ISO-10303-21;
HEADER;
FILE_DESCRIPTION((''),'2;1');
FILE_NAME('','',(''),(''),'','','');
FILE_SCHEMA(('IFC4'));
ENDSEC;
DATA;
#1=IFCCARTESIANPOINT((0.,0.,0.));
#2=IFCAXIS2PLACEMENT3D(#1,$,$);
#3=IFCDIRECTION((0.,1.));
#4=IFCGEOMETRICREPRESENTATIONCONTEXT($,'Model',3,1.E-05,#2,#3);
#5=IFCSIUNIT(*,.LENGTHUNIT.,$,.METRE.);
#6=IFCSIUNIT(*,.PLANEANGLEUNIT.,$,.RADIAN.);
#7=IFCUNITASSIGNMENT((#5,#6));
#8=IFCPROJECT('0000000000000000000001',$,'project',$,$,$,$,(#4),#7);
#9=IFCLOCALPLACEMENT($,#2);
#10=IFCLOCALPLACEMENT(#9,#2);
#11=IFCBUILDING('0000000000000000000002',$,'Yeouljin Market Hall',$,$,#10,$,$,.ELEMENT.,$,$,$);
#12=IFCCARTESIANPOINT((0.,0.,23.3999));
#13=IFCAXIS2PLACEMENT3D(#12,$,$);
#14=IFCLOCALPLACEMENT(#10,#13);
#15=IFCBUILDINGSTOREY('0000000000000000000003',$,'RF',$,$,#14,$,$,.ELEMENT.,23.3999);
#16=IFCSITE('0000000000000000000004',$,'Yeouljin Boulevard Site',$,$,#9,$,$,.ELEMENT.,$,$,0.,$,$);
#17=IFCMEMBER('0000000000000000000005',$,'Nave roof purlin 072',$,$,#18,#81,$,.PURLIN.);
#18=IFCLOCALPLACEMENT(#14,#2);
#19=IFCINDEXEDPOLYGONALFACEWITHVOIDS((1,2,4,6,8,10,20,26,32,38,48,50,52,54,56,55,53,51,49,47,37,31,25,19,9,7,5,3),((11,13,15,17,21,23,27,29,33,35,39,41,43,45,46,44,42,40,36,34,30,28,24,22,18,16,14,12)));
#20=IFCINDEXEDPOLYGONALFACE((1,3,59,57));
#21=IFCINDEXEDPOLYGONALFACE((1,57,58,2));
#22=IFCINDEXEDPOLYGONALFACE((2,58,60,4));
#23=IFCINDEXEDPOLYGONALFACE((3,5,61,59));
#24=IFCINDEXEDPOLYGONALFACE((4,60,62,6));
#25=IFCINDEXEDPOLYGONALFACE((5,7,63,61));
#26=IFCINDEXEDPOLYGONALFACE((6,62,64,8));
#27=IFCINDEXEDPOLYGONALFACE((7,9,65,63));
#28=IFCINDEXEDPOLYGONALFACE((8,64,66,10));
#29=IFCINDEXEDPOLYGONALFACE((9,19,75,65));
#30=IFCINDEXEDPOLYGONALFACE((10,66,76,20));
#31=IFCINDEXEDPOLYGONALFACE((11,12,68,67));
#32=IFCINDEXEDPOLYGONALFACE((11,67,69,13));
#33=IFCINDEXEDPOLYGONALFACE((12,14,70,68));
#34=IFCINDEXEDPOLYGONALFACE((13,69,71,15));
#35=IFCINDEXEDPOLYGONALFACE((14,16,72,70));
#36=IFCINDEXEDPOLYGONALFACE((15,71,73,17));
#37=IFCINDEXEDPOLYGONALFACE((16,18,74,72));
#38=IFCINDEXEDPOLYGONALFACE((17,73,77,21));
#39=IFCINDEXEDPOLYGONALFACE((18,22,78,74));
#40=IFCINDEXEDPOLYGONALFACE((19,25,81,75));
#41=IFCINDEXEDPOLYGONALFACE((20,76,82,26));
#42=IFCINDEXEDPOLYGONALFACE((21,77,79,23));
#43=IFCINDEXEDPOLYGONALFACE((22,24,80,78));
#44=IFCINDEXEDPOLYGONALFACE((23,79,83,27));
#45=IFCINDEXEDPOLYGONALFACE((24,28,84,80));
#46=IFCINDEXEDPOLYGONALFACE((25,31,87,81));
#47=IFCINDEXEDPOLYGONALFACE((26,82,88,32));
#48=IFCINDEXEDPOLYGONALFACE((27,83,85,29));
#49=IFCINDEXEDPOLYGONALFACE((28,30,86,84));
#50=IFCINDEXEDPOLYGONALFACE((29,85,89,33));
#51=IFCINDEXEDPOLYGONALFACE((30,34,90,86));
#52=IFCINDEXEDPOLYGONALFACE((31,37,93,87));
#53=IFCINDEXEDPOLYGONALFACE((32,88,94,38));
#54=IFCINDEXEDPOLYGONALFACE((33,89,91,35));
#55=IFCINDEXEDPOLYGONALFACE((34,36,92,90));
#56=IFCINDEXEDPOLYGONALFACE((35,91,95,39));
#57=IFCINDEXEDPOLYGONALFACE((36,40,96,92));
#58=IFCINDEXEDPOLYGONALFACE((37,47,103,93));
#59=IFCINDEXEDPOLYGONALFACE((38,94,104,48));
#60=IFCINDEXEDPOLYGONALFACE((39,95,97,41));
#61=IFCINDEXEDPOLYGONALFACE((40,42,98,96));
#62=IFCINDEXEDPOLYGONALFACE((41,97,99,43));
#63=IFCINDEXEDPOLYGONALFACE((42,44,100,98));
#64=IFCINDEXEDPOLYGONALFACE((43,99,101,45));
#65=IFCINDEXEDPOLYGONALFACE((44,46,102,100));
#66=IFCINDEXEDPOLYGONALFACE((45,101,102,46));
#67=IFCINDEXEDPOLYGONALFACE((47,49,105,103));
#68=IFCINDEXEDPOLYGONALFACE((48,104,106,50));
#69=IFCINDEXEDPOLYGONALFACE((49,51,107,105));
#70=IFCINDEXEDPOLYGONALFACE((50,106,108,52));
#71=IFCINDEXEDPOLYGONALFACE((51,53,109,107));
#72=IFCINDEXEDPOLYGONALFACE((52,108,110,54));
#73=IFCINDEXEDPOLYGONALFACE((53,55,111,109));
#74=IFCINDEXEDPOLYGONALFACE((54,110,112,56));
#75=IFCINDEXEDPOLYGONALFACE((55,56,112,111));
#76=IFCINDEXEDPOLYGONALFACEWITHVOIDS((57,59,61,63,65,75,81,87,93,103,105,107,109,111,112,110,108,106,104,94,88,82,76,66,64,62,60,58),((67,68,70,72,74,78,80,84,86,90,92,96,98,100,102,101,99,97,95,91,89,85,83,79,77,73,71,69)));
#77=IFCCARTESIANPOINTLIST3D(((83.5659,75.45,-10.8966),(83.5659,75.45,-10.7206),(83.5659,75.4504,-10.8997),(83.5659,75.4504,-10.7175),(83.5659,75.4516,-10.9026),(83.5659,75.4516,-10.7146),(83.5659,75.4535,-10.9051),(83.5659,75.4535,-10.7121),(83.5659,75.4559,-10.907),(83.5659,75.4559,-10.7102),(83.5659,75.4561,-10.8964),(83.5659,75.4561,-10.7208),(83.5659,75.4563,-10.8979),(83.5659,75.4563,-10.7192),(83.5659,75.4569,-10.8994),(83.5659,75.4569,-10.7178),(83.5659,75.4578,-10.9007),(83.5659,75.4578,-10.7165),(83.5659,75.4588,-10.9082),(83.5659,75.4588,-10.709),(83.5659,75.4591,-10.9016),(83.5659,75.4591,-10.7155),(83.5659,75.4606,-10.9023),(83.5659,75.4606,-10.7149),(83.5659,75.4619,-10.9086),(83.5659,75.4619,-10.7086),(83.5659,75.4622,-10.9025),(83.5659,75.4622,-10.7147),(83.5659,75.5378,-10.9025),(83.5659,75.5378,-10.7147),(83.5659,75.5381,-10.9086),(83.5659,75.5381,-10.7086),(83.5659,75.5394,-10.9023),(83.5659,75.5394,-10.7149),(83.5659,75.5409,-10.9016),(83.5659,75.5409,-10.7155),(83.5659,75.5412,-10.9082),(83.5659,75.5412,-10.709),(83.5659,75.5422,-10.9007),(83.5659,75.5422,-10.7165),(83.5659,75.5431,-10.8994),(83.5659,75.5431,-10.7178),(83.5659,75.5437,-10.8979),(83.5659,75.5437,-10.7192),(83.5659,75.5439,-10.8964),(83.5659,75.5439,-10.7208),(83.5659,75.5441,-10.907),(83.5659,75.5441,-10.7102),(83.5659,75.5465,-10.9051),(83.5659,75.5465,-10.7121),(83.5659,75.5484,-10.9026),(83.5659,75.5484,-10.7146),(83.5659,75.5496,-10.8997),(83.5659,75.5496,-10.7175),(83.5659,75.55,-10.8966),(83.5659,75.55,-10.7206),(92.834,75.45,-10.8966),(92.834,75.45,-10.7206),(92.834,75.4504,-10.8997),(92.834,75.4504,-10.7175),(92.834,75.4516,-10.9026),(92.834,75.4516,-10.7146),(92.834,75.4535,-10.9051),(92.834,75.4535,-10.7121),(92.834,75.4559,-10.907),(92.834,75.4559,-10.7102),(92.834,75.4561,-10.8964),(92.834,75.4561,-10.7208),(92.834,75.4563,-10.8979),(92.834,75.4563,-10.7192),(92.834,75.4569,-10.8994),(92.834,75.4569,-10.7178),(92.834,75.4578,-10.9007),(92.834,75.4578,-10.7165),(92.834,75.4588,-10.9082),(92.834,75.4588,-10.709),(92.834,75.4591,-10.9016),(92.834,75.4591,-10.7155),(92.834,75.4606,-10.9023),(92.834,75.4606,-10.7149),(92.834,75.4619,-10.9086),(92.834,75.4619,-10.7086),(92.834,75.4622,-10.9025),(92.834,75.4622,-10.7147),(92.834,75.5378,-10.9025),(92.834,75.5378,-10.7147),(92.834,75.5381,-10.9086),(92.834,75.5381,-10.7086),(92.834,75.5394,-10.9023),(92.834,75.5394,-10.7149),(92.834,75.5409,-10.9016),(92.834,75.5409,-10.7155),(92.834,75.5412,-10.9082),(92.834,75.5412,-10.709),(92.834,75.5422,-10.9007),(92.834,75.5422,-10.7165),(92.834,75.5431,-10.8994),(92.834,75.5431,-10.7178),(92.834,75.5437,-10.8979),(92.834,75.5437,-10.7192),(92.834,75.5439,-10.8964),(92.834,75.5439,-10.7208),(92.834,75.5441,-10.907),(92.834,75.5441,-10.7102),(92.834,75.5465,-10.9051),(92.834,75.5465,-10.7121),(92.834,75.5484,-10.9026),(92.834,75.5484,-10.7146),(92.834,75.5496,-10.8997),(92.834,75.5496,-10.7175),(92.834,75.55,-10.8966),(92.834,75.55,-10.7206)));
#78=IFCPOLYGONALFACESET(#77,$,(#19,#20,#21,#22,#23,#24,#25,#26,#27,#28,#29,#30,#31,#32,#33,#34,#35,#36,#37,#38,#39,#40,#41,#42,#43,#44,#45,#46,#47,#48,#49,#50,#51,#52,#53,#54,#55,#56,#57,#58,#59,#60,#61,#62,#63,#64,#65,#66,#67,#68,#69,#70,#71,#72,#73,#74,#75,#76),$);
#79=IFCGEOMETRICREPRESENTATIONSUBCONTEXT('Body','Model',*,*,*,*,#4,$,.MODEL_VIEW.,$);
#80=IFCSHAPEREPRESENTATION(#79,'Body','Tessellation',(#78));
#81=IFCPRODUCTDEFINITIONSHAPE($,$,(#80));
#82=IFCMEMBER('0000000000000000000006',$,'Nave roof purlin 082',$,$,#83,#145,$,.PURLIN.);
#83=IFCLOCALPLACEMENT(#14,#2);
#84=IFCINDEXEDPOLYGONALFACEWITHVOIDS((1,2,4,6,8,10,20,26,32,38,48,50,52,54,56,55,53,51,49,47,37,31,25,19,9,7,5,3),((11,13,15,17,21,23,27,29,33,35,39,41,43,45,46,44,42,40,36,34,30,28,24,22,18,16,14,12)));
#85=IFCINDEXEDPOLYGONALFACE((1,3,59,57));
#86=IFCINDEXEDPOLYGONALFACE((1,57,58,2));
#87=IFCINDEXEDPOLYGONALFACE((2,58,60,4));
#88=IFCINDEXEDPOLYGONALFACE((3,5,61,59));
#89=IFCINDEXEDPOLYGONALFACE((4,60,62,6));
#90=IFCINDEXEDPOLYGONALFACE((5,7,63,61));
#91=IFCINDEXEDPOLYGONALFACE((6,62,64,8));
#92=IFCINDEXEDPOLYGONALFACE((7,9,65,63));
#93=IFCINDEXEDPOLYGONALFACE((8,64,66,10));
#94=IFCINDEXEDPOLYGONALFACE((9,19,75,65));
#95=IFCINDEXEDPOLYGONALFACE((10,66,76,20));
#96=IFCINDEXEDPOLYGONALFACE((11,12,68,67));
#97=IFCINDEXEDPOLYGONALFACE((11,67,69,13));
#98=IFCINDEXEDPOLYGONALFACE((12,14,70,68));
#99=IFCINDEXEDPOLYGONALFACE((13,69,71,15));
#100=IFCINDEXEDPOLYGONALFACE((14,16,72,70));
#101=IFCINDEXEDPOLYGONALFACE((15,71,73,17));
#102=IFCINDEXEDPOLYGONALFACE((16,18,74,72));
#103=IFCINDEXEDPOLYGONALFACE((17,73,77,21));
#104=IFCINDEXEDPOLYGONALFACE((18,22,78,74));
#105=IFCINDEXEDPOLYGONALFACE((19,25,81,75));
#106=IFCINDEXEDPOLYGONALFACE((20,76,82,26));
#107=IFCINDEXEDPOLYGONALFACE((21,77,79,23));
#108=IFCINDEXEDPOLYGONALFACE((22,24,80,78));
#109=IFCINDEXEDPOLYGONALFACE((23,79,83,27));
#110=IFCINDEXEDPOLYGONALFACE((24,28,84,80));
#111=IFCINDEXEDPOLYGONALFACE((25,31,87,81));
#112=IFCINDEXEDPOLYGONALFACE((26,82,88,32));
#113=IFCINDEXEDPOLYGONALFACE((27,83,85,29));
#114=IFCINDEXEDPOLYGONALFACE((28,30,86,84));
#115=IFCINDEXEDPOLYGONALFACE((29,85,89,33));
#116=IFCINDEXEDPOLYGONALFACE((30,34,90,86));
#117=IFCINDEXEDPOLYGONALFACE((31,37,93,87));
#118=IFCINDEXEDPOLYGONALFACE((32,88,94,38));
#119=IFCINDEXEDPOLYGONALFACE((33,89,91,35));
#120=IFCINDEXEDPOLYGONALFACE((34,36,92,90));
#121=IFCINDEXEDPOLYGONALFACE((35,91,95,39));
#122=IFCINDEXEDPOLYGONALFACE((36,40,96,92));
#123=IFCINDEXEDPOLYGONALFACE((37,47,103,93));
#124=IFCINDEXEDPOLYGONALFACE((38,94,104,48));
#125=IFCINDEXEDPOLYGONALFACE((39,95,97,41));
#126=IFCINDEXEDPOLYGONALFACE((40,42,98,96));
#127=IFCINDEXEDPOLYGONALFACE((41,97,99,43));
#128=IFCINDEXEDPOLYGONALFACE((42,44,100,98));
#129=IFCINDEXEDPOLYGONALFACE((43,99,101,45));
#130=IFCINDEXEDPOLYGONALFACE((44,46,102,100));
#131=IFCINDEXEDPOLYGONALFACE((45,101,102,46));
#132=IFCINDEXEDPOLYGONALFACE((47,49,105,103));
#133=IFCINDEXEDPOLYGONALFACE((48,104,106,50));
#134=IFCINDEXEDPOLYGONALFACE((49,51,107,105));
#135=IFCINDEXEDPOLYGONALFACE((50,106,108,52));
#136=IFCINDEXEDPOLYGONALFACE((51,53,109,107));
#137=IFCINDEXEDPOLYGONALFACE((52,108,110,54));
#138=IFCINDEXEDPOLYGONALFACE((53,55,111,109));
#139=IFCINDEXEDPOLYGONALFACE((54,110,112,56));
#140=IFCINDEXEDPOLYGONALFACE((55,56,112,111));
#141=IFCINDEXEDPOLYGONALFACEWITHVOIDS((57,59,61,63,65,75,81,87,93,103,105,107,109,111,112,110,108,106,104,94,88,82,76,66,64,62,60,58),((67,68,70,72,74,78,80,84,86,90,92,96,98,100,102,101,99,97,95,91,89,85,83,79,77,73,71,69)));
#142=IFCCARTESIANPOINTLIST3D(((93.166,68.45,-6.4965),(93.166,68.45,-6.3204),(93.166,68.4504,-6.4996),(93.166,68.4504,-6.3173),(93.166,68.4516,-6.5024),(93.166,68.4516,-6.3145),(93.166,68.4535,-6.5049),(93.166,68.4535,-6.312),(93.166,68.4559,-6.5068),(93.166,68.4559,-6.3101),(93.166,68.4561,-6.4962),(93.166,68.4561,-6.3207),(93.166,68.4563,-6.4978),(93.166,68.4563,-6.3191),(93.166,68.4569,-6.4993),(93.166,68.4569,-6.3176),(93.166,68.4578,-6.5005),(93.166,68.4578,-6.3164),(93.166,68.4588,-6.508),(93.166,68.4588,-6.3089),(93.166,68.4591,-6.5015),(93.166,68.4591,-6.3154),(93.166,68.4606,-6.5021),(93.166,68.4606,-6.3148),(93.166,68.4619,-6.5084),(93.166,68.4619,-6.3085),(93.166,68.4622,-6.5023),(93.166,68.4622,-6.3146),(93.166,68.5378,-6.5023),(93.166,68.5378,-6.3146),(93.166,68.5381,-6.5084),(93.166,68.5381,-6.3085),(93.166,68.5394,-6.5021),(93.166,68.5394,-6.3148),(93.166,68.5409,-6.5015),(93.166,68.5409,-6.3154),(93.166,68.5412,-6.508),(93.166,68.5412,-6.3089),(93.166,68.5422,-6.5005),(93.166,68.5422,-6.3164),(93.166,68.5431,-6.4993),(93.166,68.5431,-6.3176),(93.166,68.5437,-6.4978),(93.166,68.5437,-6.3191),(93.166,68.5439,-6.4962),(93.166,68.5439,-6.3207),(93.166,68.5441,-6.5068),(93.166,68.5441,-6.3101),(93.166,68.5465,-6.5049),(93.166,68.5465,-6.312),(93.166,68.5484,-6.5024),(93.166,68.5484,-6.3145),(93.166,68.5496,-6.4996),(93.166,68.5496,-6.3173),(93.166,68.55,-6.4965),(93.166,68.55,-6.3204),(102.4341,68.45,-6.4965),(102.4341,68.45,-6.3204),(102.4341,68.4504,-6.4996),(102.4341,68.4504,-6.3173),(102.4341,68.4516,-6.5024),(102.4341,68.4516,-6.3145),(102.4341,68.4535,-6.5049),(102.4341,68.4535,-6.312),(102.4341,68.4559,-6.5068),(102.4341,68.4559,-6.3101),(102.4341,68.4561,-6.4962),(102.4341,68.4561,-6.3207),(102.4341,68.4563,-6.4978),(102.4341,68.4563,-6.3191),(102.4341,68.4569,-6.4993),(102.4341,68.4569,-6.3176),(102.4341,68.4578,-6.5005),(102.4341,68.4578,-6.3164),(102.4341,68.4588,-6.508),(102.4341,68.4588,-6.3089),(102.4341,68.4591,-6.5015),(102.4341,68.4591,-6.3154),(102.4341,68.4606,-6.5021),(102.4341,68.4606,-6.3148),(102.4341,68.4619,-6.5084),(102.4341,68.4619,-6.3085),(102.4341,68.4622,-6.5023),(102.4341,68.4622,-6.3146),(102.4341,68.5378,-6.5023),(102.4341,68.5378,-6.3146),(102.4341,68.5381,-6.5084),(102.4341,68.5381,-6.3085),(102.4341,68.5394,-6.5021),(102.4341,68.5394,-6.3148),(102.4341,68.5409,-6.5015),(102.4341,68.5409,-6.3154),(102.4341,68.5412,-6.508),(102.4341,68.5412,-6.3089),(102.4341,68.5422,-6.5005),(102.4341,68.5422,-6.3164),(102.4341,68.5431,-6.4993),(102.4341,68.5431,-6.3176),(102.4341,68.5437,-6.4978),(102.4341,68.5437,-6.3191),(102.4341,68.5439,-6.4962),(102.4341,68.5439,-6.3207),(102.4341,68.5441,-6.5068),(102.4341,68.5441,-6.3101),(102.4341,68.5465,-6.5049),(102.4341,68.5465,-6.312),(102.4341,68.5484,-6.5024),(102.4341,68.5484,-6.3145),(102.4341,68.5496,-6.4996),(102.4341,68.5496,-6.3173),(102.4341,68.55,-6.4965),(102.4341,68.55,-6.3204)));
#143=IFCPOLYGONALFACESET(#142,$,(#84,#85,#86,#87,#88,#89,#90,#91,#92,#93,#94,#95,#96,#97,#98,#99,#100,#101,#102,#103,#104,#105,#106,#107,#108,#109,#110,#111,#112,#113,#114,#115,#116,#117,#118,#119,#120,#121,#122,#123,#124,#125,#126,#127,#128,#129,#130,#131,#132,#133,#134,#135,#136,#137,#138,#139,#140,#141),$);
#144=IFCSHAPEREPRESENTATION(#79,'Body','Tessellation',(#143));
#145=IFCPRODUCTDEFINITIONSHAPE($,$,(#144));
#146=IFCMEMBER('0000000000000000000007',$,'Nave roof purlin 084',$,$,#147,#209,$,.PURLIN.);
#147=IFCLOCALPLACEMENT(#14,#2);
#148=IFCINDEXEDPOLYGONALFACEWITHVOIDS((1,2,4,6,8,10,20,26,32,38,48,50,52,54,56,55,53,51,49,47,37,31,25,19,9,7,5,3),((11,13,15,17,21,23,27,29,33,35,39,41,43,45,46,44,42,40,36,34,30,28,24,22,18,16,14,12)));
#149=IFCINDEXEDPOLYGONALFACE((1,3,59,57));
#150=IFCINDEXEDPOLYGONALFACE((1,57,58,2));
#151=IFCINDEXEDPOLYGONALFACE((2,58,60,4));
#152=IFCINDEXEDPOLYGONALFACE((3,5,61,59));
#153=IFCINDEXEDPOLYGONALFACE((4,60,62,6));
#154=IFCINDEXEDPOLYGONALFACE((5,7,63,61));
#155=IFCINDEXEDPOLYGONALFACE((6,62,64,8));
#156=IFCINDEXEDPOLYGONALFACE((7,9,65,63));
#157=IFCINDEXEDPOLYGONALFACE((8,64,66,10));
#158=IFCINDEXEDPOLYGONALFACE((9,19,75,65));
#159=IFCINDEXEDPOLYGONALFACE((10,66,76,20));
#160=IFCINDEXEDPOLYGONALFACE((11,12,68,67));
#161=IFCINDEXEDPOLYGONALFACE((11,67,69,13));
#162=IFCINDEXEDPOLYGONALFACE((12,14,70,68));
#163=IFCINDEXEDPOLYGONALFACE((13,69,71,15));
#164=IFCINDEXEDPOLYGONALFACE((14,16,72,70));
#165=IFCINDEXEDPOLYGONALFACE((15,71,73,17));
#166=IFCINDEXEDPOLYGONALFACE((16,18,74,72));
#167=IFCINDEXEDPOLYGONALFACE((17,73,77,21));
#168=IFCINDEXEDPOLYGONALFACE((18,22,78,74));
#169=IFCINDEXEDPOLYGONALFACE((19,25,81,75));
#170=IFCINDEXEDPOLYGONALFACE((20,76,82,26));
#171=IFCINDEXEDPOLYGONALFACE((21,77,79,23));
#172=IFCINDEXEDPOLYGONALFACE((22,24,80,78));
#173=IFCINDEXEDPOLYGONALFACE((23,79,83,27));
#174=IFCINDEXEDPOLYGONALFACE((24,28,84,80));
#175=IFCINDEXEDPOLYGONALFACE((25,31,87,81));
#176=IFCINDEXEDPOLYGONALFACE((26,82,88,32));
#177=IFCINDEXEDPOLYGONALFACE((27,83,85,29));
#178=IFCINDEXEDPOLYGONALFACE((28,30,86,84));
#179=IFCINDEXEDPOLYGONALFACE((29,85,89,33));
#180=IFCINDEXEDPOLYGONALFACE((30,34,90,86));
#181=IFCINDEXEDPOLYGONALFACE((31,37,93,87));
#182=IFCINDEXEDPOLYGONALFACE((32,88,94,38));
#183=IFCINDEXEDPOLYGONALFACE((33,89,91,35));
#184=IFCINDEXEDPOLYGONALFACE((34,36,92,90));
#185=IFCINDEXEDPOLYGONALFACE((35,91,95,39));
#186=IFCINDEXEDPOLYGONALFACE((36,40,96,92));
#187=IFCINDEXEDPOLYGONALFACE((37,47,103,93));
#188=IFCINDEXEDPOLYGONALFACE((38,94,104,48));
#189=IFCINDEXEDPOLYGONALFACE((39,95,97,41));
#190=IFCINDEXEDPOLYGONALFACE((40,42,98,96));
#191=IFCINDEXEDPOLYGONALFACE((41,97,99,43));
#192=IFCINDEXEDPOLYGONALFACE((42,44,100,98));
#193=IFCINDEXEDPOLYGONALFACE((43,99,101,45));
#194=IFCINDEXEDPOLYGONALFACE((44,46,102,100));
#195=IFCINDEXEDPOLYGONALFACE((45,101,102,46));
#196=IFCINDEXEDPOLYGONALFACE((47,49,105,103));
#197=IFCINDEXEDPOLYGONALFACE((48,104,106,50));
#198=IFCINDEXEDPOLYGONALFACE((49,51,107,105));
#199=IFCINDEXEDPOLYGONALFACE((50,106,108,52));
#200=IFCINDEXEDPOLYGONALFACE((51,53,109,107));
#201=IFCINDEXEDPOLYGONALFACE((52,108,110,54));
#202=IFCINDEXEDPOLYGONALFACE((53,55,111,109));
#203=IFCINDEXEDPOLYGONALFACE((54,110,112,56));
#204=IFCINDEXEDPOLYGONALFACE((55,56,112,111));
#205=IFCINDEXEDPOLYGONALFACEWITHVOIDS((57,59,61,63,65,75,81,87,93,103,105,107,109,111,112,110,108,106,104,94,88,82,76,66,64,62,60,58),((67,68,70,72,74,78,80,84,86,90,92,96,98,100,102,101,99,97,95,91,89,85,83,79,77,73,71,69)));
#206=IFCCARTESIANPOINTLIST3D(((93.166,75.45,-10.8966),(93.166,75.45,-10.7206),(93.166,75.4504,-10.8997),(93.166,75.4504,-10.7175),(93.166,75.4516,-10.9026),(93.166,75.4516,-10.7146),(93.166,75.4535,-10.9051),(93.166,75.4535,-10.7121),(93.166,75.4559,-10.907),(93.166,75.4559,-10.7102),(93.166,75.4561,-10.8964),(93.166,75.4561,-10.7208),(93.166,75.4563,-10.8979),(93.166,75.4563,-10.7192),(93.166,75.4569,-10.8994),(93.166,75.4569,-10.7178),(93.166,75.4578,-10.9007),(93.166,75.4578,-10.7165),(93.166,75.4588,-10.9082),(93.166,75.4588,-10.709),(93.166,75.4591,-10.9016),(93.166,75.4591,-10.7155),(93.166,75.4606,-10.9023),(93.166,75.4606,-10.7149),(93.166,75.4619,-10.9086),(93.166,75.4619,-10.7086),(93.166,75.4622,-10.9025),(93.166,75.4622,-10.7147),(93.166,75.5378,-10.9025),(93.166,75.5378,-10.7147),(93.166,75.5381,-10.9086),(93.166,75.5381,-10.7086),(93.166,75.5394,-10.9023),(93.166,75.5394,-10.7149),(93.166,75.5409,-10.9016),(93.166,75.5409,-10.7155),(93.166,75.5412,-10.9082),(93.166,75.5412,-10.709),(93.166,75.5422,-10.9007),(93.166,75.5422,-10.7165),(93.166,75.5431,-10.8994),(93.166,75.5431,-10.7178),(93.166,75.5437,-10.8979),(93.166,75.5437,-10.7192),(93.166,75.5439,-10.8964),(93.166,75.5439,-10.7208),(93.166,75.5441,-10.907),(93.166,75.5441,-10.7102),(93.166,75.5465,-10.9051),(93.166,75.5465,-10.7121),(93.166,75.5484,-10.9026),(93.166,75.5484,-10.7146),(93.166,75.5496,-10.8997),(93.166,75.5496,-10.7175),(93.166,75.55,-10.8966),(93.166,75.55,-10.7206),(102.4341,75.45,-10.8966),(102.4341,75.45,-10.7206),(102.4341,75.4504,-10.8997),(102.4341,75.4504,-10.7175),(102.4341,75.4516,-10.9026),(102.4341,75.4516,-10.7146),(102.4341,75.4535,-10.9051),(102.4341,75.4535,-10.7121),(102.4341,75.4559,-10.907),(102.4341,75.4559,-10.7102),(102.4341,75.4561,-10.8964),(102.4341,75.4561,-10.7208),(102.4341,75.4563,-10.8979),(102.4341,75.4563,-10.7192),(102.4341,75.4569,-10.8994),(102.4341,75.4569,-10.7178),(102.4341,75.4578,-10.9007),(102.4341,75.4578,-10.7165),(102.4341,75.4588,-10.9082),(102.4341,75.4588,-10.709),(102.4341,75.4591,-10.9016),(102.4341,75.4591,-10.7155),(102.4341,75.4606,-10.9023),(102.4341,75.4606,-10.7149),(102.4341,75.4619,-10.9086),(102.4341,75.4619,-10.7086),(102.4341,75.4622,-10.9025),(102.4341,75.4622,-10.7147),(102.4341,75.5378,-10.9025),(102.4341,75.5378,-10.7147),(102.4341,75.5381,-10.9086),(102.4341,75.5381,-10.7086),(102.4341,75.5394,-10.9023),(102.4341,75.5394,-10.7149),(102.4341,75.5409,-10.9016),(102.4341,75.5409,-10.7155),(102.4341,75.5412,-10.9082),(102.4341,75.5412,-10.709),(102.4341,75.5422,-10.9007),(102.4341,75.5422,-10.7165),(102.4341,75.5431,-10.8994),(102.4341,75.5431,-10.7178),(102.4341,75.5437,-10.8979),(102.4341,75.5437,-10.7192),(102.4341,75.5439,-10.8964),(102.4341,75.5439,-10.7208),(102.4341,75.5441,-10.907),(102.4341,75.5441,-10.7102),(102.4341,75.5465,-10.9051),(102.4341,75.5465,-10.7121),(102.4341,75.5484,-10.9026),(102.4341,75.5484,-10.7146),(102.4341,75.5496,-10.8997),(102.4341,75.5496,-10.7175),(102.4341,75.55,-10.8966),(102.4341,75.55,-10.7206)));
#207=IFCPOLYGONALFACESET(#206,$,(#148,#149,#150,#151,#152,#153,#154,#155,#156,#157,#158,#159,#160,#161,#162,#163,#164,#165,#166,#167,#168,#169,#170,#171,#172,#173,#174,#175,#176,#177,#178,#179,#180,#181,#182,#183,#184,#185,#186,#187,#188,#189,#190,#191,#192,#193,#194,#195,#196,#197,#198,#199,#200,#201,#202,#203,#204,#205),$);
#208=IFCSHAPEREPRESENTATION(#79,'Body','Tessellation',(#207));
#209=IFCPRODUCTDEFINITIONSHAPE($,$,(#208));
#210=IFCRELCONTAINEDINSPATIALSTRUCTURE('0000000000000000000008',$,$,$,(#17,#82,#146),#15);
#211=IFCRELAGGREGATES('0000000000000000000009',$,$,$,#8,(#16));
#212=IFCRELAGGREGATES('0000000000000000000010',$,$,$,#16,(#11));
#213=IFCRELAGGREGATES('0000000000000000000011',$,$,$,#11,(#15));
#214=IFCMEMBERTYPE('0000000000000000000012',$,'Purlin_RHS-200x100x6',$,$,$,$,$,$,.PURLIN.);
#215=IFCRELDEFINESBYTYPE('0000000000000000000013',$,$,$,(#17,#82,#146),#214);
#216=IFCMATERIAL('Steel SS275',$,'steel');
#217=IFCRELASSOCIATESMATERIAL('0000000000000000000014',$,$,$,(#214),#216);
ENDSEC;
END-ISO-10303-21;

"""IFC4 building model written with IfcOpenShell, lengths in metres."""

from ifc_helpers import new_model, si_unit, direction, frame, origin, origin_2d, place, context, subcontext, project, spatial, hollow_rectangle, extrude, material, material_profile, profile_set, type_object, element, save


model = new_model("IFC4")

# Units and contexts
model_context = context("Model", 3, precision=1e-05, world=origin(), true_north=direction((0.0, 1.0)))
body_context = subcontext(model_context, "Body", "Model", "MODEL_VIEW")
ifc_project = project(units=[si_unit("LENGTHUNIT", "METRE"), si_unit("PLANEANGLEUNIT", "RADIAN")], contexts=[model_context])

# Site, building, storey
site_placement = place(None, origin())
site = spatial("IfcSite", under=ifc_project, at=site_placement, Name="Yeouljin Boulevard Site", CompositionType="ELEMENT", RefElevation=0.0)
building_placement = place(site_placement, origin())
building = spatial("IfcBuilding", under=site, at=building_placement, Name="Yeouljin Market Hall", CompositionType="ELEMENT")
storey_placement = place(building_placement, frame((0.0, 0.0, 23.3999)))
storey = spatial("IfcBuildingStorey", under=building, at=storey_placement, Name="RF", CompositionType="ELEMENT", Elevation=23.3999)

# Members
ifc_material_1 = material(Name="Steel SS275", Category="steel")
ifc_material_profile_1 = material_profile(ifc_material_1, hollow_rectangle(XDim=0.1001, YDim=0.2, WallThickness=0.0061, InnerFilletRadius=0.0061, OuterFilletRadius=0.012, at=origin_2d()), Name="RHS-200x100x6")
ifc_profile_set_1 = profile_set([ifc_material_profile_1], Name="Steel SS275")
member_type_1 = type_object("IfcMemberType", Name="Purlin_RHS-200x100x6", PredefinedType="PURLIN", material=ifc_profile_set_1)
for number, where, z_axis, x_axis, name in (
    (1, (83.5659, 75.5, -10.8086), (1.0, 0.0, 0.0), (0.0, 1.0, 0.0), "Nave roof purlin 072"),
    (2, (93.166, 68.5, -6.4084), (1.0, 0.0, 0.0), (0.0, 1.0, 0.0), "Nave roof purlin 082"),
    (3, (93.166, 75.5, -10.8086), (1.0, 0.0, 0.0), (0.0, 1.0, 0.0), "Nave roof purlin 084"),
):
    element("IfcMember", number, at=place(storey_placement, frame(where, z_axis=z_axis, x_axis=x_axis)), inside=storey, type_object=member_type_1, Name=name, PredefinedType="PURLIN", context=body_context, shape_type="SweptSolid", body=[
        extrude(hollow_rectangle(XDim=0.1001, YDim=0.2, WallThickness=0.0061, InnerFilletRadius=0.0061, OuterFilletRadius=0.012, at=origin_2d()), origin(), (0.0, 0.0, 1.0), 9.2681),
    ])

save(model, "model.ifc")
